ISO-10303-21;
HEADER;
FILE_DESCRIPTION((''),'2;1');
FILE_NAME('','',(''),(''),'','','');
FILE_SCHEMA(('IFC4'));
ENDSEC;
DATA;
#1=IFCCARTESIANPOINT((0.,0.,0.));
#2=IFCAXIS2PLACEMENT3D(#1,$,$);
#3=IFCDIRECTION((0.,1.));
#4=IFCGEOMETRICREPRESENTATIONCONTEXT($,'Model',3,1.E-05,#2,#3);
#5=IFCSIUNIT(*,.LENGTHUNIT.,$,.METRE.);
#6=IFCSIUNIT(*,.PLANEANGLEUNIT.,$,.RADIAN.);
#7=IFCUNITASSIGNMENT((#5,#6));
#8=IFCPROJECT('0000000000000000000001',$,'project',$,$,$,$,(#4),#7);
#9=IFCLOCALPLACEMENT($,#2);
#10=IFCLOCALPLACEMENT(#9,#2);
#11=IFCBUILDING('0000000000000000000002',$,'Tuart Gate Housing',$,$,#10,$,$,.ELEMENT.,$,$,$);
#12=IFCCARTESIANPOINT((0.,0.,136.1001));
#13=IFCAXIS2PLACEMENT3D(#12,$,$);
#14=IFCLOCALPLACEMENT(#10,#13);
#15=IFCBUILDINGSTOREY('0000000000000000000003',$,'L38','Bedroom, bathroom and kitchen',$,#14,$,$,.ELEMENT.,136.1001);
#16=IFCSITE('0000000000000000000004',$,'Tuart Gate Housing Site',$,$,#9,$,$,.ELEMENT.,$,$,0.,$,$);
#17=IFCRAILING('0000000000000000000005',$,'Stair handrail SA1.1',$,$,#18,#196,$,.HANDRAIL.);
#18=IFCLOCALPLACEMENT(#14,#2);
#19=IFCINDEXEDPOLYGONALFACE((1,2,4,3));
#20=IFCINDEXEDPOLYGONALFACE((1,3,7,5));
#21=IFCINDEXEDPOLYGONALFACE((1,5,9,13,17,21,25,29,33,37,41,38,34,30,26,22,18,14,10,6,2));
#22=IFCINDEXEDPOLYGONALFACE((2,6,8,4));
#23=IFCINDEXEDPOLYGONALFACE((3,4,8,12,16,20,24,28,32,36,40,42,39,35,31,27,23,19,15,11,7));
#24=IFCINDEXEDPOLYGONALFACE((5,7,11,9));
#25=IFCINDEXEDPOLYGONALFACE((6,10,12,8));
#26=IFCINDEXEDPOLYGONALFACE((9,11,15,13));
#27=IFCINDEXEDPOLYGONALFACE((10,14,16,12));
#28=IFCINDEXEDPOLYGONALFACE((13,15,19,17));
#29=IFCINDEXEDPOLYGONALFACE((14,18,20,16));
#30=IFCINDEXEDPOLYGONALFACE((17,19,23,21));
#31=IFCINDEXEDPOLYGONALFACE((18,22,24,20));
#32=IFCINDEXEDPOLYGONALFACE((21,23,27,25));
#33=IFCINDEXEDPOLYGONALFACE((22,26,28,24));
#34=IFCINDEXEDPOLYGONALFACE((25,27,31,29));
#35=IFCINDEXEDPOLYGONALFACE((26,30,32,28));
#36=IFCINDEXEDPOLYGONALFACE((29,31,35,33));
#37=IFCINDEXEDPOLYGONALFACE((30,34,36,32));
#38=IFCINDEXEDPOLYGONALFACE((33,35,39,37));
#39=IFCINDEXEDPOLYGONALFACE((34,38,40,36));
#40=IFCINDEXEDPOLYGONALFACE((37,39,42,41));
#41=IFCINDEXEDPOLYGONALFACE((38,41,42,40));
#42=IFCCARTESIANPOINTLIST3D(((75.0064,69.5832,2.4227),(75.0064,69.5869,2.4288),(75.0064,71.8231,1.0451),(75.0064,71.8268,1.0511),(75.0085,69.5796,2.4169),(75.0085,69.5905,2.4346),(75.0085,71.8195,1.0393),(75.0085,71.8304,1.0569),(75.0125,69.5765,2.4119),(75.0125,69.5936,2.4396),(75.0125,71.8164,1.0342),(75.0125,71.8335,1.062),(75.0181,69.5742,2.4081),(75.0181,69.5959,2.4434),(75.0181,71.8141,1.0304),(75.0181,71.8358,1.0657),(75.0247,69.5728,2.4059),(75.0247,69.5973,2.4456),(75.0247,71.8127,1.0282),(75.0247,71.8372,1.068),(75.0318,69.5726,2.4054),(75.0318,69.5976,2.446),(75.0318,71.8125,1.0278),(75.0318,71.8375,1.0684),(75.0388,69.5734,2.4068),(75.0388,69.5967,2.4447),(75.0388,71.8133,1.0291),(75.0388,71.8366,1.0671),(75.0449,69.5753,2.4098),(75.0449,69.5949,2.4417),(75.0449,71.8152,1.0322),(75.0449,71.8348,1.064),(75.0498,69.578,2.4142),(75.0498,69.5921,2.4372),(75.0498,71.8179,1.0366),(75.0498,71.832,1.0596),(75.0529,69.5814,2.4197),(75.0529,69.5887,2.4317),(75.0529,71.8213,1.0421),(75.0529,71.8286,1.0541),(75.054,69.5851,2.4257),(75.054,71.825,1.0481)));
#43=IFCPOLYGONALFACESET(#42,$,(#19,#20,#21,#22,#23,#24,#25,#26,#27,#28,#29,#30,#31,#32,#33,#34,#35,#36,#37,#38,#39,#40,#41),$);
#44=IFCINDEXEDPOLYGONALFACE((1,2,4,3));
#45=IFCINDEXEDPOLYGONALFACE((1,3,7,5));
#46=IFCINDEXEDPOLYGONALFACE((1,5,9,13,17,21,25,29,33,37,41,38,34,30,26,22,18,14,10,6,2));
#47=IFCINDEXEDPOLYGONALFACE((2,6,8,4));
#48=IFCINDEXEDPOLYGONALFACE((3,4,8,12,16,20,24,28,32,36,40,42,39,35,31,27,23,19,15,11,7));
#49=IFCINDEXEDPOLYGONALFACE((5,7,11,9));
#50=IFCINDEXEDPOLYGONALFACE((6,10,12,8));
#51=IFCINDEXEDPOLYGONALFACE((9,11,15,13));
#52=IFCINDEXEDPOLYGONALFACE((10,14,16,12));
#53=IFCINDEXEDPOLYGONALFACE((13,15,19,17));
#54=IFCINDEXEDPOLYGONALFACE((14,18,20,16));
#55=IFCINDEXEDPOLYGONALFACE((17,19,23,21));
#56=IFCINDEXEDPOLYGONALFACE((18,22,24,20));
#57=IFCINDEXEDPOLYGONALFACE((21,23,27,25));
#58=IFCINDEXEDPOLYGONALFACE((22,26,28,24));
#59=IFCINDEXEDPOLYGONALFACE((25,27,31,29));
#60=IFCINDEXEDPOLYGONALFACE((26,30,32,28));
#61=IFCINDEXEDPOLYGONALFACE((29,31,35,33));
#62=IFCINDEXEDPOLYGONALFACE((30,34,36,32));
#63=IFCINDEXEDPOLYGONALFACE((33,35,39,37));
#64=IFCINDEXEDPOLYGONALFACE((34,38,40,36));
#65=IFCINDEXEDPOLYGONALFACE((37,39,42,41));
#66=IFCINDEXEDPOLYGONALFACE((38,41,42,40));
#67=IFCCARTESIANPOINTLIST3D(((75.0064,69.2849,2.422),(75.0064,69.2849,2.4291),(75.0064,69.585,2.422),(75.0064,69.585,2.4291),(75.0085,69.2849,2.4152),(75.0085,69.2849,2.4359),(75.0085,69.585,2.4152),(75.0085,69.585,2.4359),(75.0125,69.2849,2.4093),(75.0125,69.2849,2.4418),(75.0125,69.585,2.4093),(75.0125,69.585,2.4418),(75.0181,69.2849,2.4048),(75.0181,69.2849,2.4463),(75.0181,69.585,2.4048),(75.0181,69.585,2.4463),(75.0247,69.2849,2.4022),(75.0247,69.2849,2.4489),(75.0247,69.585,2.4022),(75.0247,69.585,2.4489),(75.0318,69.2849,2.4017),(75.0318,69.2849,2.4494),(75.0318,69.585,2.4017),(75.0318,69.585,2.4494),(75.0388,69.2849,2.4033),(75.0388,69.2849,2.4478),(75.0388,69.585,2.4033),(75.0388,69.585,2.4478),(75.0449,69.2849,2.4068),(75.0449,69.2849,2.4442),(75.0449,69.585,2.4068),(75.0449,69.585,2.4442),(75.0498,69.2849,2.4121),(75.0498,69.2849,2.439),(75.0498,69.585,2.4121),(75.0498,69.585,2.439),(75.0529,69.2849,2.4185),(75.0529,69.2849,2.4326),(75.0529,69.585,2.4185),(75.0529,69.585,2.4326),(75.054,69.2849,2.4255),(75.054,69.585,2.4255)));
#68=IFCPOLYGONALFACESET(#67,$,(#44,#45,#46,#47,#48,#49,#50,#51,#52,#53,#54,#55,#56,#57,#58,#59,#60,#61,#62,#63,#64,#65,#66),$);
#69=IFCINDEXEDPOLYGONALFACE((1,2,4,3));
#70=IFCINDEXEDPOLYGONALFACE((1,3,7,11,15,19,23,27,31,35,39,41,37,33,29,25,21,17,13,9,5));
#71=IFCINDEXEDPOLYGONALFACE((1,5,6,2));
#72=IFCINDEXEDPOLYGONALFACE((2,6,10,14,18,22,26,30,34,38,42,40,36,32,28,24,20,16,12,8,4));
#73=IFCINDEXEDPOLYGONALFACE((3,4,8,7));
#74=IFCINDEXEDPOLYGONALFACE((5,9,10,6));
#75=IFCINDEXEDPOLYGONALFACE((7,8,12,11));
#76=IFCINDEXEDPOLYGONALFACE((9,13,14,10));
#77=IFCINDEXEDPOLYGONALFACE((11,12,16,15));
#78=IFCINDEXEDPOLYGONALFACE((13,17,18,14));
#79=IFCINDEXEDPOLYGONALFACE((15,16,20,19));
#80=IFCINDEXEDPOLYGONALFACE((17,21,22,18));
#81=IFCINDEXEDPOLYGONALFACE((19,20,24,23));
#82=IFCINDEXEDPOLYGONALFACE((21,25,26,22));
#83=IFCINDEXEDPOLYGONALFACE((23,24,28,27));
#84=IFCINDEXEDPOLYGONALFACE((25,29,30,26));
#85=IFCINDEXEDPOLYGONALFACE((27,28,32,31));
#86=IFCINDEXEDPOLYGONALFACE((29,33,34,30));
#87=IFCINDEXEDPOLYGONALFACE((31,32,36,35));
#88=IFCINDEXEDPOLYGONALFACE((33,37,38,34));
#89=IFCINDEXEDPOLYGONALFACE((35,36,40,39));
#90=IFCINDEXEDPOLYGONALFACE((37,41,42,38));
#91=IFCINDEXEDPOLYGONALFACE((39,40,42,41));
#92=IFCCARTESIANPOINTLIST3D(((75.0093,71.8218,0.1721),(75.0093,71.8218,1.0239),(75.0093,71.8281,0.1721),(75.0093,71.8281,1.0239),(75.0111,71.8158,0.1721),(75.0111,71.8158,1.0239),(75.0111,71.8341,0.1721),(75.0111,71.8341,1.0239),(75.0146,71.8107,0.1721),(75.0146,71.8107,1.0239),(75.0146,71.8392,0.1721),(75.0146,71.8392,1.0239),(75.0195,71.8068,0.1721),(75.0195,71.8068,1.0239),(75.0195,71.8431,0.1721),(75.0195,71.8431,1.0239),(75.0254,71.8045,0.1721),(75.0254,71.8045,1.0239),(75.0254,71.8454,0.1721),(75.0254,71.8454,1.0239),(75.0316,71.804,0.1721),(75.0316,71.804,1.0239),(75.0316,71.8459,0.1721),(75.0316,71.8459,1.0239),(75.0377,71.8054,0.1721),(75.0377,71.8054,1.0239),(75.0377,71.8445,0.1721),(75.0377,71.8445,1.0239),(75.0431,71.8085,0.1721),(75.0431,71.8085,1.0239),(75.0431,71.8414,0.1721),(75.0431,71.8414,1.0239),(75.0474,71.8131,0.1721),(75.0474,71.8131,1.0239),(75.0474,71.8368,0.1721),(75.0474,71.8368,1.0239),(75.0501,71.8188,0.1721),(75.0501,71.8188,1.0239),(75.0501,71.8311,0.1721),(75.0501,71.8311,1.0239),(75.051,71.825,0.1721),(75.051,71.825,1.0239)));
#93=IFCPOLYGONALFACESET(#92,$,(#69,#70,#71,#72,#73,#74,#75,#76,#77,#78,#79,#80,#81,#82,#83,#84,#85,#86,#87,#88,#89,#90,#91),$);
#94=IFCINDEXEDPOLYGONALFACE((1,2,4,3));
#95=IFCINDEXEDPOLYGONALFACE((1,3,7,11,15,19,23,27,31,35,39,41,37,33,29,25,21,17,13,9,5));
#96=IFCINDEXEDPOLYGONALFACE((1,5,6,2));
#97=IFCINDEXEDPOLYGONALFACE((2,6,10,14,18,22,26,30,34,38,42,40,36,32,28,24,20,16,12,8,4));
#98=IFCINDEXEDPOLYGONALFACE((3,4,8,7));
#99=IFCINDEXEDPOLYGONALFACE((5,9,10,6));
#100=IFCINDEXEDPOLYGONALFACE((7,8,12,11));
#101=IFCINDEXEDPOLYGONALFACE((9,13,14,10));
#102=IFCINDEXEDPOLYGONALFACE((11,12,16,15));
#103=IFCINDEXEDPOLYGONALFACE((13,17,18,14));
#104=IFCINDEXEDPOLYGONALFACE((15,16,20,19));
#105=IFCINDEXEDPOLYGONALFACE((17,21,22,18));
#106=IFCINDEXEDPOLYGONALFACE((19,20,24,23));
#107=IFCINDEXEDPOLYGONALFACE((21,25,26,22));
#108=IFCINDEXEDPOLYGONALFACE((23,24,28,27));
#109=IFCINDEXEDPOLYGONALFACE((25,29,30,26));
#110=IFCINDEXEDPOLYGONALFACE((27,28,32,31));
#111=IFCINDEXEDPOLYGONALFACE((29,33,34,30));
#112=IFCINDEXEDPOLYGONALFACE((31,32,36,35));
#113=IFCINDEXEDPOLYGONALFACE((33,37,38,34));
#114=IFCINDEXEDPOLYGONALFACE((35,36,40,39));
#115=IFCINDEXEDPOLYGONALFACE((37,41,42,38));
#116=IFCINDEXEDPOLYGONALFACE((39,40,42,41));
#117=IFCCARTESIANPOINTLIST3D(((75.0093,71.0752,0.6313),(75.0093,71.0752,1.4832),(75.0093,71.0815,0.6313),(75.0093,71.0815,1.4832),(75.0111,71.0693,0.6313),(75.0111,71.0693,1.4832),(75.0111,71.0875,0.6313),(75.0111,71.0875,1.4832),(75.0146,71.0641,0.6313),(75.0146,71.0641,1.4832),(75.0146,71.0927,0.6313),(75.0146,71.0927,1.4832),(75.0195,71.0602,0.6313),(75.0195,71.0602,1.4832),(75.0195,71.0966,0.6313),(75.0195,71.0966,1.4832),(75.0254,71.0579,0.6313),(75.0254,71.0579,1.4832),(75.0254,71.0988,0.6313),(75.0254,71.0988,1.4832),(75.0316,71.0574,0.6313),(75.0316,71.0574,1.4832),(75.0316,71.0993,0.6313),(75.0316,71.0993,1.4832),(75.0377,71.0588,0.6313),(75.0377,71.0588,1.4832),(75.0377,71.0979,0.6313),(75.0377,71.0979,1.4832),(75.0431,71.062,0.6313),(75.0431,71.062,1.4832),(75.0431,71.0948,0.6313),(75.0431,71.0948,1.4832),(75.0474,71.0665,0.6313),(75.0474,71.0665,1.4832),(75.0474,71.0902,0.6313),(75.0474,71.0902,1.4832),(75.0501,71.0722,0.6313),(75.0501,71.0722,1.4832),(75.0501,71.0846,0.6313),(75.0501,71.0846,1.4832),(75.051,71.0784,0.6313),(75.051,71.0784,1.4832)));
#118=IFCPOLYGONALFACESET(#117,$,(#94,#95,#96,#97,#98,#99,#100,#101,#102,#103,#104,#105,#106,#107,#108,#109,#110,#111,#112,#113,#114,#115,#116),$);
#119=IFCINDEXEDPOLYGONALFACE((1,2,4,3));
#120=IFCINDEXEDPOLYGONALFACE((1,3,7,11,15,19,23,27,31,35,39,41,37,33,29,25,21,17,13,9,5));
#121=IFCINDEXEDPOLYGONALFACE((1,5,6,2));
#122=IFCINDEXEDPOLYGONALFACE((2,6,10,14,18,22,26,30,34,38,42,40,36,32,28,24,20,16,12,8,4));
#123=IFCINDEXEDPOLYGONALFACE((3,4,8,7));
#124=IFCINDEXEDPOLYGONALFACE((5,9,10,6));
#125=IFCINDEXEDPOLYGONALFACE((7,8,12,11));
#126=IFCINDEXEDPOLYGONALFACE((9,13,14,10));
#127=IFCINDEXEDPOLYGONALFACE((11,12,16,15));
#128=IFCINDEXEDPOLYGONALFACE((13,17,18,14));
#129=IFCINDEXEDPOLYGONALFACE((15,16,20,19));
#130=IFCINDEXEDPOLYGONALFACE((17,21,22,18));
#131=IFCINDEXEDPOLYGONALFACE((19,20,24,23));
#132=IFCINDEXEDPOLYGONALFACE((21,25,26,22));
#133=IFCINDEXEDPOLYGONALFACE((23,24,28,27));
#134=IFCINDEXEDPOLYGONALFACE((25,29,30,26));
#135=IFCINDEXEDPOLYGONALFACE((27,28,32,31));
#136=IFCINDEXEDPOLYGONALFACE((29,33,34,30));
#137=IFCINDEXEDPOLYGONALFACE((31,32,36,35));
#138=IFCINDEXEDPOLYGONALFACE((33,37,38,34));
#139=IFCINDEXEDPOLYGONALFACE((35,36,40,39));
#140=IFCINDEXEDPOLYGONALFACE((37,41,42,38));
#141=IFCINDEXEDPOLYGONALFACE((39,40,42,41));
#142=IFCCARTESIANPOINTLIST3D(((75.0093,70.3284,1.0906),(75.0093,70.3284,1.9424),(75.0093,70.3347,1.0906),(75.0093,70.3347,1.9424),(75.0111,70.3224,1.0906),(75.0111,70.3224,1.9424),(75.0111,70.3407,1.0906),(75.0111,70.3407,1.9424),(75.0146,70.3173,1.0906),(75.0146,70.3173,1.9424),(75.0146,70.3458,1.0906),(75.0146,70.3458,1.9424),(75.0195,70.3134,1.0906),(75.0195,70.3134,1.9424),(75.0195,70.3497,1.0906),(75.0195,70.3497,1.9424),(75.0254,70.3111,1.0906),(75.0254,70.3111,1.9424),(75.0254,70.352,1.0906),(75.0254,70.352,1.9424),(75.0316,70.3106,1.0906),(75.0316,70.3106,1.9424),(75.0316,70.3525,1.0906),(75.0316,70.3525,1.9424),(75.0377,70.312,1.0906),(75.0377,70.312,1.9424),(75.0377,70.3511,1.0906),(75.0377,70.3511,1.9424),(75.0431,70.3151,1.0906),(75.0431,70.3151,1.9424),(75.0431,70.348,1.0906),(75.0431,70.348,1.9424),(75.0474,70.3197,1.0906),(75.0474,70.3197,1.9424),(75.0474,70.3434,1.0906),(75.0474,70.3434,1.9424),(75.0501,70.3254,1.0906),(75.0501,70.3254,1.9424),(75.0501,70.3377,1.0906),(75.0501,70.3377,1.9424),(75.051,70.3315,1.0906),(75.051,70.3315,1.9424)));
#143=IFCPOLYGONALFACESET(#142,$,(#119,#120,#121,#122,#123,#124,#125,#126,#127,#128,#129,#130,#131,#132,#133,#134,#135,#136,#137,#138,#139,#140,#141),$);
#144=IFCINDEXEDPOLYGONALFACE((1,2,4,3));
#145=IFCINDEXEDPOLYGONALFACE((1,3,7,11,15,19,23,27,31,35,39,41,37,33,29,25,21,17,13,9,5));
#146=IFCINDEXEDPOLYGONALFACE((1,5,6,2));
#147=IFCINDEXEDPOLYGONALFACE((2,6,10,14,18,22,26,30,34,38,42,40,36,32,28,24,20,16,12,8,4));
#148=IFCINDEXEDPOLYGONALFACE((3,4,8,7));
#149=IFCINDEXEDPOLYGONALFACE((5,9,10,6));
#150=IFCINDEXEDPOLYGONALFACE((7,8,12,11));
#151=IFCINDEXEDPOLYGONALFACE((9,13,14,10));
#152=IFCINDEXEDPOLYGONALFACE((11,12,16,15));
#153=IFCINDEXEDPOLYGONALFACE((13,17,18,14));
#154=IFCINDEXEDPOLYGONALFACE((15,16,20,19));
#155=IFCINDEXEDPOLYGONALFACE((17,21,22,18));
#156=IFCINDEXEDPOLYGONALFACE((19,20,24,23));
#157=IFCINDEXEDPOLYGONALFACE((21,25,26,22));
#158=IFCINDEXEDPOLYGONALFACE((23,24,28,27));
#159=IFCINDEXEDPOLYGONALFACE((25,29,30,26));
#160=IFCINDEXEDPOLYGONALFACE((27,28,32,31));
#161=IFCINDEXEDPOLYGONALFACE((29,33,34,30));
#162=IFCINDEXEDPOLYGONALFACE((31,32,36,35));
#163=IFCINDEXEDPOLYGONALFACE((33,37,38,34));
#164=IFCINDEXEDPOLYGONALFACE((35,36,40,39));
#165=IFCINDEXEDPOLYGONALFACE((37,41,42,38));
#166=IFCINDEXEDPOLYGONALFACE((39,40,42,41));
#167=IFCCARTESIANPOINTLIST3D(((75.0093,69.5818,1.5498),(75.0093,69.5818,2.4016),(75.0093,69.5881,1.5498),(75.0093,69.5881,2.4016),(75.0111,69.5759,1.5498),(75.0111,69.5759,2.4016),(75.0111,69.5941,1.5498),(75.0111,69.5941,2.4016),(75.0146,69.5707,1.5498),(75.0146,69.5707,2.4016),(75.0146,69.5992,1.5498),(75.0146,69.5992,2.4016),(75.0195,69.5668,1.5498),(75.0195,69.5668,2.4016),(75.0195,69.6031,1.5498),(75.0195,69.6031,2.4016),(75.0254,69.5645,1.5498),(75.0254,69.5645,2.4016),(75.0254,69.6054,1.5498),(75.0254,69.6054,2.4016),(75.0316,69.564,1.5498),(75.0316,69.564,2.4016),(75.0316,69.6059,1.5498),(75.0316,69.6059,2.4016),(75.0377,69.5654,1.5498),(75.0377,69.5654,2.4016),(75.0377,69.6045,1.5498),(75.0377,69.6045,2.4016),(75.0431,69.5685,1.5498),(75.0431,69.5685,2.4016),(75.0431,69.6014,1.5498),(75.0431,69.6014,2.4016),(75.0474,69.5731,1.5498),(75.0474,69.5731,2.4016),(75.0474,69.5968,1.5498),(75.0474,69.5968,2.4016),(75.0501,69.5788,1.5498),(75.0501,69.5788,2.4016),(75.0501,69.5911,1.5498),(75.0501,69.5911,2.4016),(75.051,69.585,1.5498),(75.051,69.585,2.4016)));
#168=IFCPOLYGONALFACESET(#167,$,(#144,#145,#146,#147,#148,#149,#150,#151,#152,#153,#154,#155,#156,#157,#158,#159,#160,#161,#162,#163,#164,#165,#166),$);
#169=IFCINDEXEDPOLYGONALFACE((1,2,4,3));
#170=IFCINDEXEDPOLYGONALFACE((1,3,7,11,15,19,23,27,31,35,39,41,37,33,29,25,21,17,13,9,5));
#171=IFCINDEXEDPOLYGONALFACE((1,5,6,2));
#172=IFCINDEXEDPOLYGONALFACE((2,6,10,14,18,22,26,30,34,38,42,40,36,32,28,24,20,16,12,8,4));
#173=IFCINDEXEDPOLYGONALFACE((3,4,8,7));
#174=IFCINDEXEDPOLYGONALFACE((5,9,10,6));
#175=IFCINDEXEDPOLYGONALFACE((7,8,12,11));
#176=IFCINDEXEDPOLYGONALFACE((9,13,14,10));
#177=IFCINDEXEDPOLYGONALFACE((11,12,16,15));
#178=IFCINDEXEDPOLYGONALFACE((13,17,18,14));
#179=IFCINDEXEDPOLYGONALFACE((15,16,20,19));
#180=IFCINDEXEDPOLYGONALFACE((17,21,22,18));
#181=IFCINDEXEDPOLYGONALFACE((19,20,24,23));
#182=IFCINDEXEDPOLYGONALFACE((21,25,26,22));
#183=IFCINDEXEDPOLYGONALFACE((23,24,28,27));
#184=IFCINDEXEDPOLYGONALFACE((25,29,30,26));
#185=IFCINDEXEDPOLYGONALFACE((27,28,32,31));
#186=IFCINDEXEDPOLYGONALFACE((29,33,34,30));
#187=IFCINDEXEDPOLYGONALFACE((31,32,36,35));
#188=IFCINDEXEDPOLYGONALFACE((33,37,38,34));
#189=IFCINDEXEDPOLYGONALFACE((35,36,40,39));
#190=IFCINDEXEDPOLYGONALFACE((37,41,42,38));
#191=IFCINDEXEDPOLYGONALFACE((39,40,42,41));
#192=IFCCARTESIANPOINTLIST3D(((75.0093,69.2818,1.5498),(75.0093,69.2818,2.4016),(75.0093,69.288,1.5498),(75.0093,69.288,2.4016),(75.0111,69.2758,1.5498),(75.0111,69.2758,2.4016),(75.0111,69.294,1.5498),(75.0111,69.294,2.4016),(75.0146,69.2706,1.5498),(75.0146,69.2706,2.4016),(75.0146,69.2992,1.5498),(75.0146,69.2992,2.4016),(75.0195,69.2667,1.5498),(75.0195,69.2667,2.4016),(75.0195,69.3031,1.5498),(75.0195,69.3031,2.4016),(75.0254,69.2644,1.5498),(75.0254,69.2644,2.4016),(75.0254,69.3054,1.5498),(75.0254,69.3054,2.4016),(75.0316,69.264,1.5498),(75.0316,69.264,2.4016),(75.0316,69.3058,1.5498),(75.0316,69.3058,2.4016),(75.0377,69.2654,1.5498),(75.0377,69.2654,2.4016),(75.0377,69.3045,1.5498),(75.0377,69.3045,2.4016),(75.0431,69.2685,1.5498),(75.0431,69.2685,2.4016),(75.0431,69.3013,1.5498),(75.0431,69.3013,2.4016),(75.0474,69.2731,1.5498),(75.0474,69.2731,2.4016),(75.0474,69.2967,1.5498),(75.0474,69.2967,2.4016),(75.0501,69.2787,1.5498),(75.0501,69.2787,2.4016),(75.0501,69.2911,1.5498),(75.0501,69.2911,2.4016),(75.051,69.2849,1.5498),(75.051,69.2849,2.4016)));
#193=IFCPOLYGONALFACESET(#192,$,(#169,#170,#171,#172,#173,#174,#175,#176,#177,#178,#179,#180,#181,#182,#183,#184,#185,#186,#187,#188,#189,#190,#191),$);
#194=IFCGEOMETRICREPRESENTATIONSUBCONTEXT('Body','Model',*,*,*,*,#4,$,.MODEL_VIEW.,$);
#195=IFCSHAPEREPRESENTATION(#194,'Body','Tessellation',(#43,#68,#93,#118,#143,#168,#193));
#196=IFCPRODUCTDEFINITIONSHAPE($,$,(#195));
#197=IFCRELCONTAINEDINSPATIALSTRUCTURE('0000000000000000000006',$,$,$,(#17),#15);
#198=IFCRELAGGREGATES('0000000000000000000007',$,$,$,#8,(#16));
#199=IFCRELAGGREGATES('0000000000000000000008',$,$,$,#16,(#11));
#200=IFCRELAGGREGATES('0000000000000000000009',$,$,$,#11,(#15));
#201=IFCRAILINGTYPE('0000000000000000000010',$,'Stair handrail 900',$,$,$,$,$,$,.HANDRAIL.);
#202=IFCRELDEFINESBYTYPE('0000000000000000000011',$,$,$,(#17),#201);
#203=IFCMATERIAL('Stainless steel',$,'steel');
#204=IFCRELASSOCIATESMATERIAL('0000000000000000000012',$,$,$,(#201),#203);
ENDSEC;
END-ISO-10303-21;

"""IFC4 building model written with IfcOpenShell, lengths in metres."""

from ifc_helpers import new_model, si_unit, direction, frame, origin, origin_2d, place, context, subcontext, project, spatial, circle, extrude, material, type_object, element, save


model = new_model("IFC4")

# Units and contexts
model_context = context("Model", 3, precision=1e-05, world=origin(), true_north=direction((0.0, 1.0)))
body_context = subcontext(model_context, "Body", "Model", "MODEL_VIEW")
ifc_project = project(units=[si_unit("LENGTHUNIT", "METRE"), si_unit("PLANEANGLEUNIT", "RADIAN")], contexts=[model_context])

# Site, building, storey
site_placement = place(None, origin())
site = spatial("IfcSite", under=ifc_project, at=site_placement, Name="Tuart Gate Housing Site", CompositionType="ELEMENT", RefElevation=0.0)
building_placement = place(site_placement, origin())
building = spatial("IfcBuilding", under=site, at=building_placement, Name="Tuart Gate Housing", CompositionType="ELEMENT")
storey_placement = place(building_placement, frame((0.0, 0.0, 136.1001)))
storey = spatial("IfcBuildingStorey", under=building, at=storey_placement, Name="L38", Description="Bedroom, bathroom and kitchen", CompositionType="ELEMENT", Elevation=136.1001)

# Railing
ifc_material_1 = material(Name="Stainless steel", Category="steel")
railing_type = type_object("IfcRailingType", Name="Stair handrail 900", PredefinedType="HANDRAIL", material=ifc_material_1)
railing_placement = place(storey_placement, frame((75.03, 71.825, 0.1721)))
element("IfcRailing", 1, at=railing_placement, inside=storey, type_object=railing_type, Name="Stair handrail SA1.1", PredefinedType="HANDRAIL", context=body_context, shape_type="SweptSolid", body=[
    extrude(circle(Radius=0.0239, at=origin_2d()), frame((0.0, 0.0, 0.876), z_axis=(0.0, -0.851789, 0.523885), x_axis=(1.0, 0.0, 0.0)), (0.0, 0.0, 1.0), 2.6296),
    extrude(circle(Radius=0.0239, at=origin_2d()), frame((0.0, -2.24, 2.2534), z_axis=(0.0, -1.0, 0.0), x_axis=(1.0, 0.0, 0.0)), (0.0, 0.0, 1.0), 0.3),
    extrude(circle(Radius=0.021, at=origin_2d()), origin(), (0.0, 0.0, 1.0), 0.8518),
    extrude(circle(Radius=0.021, at=origin_2d()), frame((0.0, -0.7466, 0.4592)), (0.0, 0.0, 1.0), 0.8518),
    extrude(circle(Radius=0.021, at=origin_2d()), frame((0.0, -1.4934, 0.9185)), (0.0, 0.0, 1.0), 0.8518),
    extrude(circle(Radius=0.021, at=origin_2d()), frame((0.0, -2.24, 1.3777)), (0.0, 0.0, 1.0), 0.8518),
    extrude(circle(Radius=0.021, at=origin_2d()), frame((0.0, -2.54, 1.3777)), (0.0, 0.0, 1.0), 0.8518),
])

save(model, "model.ifc")
